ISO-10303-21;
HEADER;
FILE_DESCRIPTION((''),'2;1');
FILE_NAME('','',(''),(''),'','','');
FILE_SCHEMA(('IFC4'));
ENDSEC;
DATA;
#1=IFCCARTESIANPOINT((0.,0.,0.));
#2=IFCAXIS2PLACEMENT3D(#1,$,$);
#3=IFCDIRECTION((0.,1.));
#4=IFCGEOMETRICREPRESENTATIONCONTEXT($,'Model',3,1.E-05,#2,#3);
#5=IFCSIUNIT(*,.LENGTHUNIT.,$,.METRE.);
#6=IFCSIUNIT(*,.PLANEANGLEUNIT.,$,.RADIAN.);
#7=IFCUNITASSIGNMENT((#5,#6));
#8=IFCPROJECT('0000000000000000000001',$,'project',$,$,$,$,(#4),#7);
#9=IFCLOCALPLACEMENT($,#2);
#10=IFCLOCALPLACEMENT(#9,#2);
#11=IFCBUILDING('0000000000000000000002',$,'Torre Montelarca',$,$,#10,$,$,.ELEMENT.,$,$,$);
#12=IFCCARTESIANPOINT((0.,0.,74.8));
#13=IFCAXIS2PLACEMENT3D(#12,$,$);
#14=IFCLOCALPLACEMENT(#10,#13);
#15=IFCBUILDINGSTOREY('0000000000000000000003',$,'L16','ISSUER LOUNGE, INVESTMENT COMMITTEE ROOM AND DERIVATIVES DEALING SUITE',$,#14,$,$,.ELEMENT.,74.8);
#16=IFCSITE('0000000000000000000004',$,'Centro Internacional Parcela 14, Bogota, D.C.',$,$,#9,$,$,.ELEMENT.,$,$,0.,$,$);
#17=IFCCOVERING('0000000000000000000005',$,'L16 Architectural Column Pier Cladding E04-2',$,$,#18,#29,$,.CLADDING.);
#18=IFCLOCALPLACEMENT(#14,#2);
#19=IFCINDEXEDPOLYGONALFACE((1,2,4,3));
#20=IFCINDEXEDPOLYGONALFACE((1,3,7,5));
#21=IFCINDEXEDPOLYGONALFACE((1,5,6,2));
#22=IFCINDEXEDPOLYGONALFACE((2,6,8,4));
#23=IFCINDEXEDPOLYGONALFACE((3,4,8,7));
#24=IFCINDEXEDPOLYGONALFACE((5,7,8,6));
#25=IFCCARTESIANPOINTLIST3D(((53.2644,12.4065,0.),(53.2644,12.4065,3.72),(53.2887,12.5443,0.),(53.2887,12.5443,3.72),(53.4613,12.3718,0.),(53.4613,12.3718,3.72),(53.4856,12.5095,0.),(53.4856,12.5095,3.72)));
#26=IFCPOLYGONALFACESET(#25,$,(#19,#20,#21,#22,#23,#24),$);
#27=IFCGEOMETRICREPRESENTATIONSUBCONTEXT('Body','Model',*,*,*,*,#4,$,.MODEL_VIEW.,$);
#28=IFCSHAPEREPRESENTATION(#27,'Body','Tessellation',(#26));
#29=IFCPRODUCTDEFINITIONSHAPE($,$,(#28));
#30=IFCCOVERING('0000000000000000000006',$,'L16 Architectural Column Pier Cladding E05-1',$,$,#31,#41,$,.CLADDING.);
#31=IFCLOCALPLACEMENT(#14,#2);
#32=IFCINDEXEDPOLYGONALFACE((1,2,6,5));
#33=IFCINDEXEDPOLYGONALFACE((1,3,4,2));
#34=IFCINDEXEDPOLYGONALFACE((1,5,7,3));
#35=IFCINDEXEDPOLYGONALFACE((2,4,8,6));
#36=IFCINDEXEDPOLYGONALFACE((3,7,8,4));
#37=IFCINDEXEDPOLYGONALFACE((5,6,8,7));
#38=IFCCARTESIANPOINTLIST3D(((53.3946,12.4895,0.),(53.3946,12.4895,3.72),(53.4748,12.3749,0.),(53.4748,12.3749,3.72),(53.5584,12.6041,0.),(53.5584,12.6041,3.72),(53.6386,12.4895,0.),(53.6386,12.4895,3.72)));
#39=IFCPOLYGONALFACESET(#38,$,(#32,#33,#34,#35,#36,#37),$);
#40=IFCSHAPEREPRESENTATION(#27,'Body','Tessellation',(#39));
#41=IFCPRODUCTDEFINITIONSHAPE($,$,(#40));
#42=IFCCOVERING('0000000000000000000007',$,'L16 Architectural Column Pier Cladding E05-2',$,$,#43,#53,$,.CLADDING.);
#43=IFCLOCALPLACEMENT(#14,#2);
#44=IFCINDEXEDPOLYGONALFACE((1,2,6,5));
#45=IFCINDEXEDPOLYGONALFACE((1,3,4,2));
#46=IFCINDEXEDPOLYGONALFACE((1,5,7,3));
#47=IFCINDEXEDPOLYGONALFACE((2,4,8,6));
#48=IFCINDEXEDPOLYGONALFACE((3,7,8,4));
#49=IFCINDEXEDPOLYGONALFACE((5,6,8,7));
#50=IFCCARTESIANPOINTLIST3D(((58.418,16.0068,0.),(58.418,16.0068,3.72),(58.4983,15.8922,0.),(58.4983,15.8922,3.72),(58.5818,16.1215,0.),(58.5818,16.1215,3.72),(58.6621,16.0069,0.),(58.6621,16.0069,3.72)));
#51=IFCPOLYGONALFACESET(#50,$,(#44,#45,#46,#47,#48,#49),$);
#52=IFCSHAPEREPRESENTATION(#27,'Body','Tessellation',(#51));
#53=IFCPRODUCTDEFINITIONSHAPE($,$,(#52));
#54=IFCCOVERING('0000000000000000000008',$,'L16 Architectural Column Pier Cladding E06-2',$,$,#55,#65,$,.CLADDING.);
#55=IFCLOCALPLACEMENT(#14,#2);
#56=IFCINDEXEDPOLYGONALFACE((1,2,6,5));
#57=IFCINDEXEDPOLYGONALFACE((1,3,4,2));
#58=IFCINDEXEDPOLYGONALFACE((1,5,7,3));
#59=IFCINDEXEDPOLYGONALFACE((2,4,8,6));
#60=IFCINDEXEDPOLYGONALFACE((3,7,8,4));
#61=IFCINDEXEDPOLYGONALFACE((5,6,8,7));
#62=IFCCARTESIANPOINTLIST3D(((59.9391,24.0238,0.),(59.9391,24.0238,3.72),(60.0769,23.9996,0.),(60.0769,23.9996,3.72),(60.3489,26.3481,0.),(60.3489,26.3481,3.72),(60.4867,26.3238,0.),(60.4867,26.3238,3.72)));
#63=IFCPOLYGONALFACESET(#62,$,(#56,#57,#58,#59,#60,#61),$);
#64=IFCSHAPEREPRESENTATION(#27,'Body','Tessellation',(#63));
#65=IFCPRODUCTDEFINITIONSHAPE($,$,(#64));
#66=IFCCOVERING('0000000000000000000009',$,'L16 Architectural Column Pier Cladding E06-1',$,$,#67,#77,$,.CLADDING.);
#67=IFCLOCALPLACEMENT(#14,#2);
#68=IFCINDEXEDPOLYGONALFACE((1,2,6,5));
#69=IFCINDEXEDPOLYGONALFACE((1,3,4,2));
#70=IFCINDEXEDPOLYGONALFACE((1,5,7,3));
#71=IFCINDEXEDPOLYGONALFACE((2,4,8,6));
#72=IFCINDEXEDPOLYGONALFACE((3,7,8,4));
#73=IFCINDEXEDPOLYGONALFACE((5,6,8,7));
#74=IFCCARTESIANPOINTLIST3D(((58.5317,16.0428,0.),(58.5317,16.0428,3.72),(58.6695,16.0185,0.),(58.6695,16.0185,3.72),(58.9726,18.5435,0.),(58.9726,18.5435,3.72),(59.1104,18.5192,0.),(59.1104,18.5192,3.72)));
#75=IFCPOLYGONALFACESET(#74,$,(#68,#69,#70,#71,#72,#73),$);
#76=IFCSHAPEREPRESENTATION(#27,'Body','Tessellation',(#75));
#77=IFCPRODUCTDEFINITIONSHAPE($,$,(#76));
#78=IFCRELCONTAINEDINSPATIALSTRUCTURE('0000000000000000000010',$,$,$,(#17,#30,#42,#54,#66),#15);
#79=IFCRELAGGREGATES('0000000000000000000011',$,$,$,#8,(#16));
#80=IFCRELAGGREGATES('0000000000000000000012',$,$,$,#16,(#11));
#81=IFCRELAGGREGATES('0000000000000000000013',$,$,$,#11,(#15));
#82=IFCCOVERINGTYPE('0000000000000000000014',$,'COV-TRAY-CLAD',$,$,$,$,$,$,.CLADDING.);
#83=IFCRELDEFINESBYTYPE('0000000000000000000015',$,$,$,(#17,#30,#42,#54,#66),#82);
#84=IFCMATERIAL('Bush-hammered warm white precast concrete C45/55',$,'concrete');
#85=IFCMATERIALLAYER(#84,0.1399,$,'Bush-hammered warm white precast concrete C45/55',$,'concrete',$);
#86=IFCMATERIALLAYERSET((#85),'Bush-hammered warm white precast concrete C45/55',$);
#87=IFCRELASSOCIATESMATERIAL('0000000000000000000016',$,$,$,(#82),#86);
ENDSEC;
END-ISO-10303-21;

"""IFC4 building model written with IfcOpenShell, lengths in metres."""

from ifc_helpers import new_model, si_unit, direction, frame, origin, origin_2d, place, context, subcontext, project, spatial, rectangle, extrude, source, transform, mapped, material, layer, layer_set, type_object, element, save


model = new_model("IFC4")

# Units and contexts
model_context = context("Model", 3, precision=1e-05, world=origin(), true_north=direction((0.0, 1.0)))
body_context = subcontext(model_context, "Body", "Model", "MODEL_VIEW")
ifc_project = project(units=[si_unit("LENGTHUNIT", "METRE"), si_unit("PLANEANGLEUNIT", "RADIAN")], contexts=[model_context])

# Site, building, storey
site_placement = place(None, origin())
site = spatial("IfcSite", under=ifc_project, at=site_placement, Name="Centro Internacional Parcela 14, Bogota, D.C.", CompositionType="ELEMENT", RefElevation=0.0)
building_placement = place(site_placement, origin())
building = spatial("IfcBuilding", under=site, at=building_placement, Name="Torre Montelarca", CompositionType="ELEMENT")
storey_placement = place(building_placement, frame((0.0, 0.0, 74.8)))
storey = spatial("IfcBuildingStorey", under=building, at=storey_placement, Name="L16", Description="ISSUER LOUNGE, INVESTMENT COMMITTEE ROOM AND DERIVATIVES DEALING SUITE", CompositionType="ELEMENT", Elevation=74.8)

# Coverings
ifc_material_1 = material(Name="Bush-hammered warm white precast concrete C45/55", Category="concrete")
ifc_layer_1 = layer(ifc_material_1, 0.1399, Name="Bush-hammered warm white precast concrete C45/55", Category="concrete")
ifc_layer_set_1 = layer_set([ifc_layer_1], Name="Bush-hammered warm white precast concrete C45/55")
covering_type = type_object("IfcCoveringType", Name="COV-TRAY-CLAD", PredefinedType="CLADDING", material=ifc_layer_set_1)
shared_shape_1 = source(origin(), body_context, "Body", "SweptSolid", [
    extrude(rectangle(XDim=0.2, YDim=0.1399, at=origin_2d()), origin(), (0.0, 0.0, 1.0), 3.72),
])
for number, where, z_axis, x_axis, name in (
    (1, (53.375, 12.458, 0.0), (0.0, 0.0, 1.0), (0.984808, -0.173646, 0.0), "L16 Architectural Column Pier Cladding E04-2"),
    (2, (53.5166, 12.4895, 0.0), (0.0, 0.0, 1.0), (0.819165, 0.573558, 0.0), "L16 Architectural Column Pier Cladding E05-1"),
    (3, (58.54, 16.0068, 0.0), (0.0, 0.0, 1.0), (0.819165, 0.573558, 0.0), "L16 Architectural Column Pier Cladding E05-2"),
):
    element("IfcCovering", number, at=place(storey_placement, frame(where, z_axis=z_axis, x_axis=x_axis)), inside=storey, type_object=covering_type, Name=name, PredefinedType="CLADDING", context=body_context, shape_type="MappedRepresentation", body=[
        mapped(shared_shape_1, transform((0.0, 0.0, 0.0), scale=1.0)),
    ])
shared_shape_2 = source(origin(), body_context, "Body", "SweptSolid", [
    extrude(rectangle(XDim=2.3601, YDim=0.1399, at=origin_2d()), origin(), (0.0, 0.0, 1.0), 3.72),
])
covering_1_placement = place(storey_placement, frame((60.2129, 25.1738, 0.0), z_axis=(0.0, 0.0, 1.0), x_axis=(0.173646, 0.984808, 0.0)))
element("IfcCovering", 4, at=covering_1_placement, inside=storey, type_object=covering_type, Name="L16 Architectural Column Pier Cladding E06-2", PredefinedType="CLADDING", context=body_context, shape_type="MappedRepresentation", body=[
    mapped(shared_shape_2, transform((0.0, 0.0, 0.0), scale=1.0)),
])
shared_shape_3 = source(origin(), body_context, "Body", "SweptSolid", [
    extrude(rectangle(XDim=2.5393, YDim=0.1399, at=origin_2d()), origin(), (0.0, 0.0, 1.0), 3.72),
])
covering_2_placement = place(storey_placement, frame((58.821, 17.281, 0.0), z_axis=(0.0, 0.0, 1.0), x_axis=(0.173646, 0.984808, 0.0)))
element("IfcCovering", 5, at=covering_2_placement, inside=storey, type_object=covering_type, Name="L16 Architectural Column Pier Cladding E06-1", PredefinedType="CLADDING", context=body_context, shape_type="MappedRepresentation", body=[
    mapped(shared_shape_3, transform((0.0, 0.0, 0.0), scale=1.0)),
])

save(model, "model.ifc")
